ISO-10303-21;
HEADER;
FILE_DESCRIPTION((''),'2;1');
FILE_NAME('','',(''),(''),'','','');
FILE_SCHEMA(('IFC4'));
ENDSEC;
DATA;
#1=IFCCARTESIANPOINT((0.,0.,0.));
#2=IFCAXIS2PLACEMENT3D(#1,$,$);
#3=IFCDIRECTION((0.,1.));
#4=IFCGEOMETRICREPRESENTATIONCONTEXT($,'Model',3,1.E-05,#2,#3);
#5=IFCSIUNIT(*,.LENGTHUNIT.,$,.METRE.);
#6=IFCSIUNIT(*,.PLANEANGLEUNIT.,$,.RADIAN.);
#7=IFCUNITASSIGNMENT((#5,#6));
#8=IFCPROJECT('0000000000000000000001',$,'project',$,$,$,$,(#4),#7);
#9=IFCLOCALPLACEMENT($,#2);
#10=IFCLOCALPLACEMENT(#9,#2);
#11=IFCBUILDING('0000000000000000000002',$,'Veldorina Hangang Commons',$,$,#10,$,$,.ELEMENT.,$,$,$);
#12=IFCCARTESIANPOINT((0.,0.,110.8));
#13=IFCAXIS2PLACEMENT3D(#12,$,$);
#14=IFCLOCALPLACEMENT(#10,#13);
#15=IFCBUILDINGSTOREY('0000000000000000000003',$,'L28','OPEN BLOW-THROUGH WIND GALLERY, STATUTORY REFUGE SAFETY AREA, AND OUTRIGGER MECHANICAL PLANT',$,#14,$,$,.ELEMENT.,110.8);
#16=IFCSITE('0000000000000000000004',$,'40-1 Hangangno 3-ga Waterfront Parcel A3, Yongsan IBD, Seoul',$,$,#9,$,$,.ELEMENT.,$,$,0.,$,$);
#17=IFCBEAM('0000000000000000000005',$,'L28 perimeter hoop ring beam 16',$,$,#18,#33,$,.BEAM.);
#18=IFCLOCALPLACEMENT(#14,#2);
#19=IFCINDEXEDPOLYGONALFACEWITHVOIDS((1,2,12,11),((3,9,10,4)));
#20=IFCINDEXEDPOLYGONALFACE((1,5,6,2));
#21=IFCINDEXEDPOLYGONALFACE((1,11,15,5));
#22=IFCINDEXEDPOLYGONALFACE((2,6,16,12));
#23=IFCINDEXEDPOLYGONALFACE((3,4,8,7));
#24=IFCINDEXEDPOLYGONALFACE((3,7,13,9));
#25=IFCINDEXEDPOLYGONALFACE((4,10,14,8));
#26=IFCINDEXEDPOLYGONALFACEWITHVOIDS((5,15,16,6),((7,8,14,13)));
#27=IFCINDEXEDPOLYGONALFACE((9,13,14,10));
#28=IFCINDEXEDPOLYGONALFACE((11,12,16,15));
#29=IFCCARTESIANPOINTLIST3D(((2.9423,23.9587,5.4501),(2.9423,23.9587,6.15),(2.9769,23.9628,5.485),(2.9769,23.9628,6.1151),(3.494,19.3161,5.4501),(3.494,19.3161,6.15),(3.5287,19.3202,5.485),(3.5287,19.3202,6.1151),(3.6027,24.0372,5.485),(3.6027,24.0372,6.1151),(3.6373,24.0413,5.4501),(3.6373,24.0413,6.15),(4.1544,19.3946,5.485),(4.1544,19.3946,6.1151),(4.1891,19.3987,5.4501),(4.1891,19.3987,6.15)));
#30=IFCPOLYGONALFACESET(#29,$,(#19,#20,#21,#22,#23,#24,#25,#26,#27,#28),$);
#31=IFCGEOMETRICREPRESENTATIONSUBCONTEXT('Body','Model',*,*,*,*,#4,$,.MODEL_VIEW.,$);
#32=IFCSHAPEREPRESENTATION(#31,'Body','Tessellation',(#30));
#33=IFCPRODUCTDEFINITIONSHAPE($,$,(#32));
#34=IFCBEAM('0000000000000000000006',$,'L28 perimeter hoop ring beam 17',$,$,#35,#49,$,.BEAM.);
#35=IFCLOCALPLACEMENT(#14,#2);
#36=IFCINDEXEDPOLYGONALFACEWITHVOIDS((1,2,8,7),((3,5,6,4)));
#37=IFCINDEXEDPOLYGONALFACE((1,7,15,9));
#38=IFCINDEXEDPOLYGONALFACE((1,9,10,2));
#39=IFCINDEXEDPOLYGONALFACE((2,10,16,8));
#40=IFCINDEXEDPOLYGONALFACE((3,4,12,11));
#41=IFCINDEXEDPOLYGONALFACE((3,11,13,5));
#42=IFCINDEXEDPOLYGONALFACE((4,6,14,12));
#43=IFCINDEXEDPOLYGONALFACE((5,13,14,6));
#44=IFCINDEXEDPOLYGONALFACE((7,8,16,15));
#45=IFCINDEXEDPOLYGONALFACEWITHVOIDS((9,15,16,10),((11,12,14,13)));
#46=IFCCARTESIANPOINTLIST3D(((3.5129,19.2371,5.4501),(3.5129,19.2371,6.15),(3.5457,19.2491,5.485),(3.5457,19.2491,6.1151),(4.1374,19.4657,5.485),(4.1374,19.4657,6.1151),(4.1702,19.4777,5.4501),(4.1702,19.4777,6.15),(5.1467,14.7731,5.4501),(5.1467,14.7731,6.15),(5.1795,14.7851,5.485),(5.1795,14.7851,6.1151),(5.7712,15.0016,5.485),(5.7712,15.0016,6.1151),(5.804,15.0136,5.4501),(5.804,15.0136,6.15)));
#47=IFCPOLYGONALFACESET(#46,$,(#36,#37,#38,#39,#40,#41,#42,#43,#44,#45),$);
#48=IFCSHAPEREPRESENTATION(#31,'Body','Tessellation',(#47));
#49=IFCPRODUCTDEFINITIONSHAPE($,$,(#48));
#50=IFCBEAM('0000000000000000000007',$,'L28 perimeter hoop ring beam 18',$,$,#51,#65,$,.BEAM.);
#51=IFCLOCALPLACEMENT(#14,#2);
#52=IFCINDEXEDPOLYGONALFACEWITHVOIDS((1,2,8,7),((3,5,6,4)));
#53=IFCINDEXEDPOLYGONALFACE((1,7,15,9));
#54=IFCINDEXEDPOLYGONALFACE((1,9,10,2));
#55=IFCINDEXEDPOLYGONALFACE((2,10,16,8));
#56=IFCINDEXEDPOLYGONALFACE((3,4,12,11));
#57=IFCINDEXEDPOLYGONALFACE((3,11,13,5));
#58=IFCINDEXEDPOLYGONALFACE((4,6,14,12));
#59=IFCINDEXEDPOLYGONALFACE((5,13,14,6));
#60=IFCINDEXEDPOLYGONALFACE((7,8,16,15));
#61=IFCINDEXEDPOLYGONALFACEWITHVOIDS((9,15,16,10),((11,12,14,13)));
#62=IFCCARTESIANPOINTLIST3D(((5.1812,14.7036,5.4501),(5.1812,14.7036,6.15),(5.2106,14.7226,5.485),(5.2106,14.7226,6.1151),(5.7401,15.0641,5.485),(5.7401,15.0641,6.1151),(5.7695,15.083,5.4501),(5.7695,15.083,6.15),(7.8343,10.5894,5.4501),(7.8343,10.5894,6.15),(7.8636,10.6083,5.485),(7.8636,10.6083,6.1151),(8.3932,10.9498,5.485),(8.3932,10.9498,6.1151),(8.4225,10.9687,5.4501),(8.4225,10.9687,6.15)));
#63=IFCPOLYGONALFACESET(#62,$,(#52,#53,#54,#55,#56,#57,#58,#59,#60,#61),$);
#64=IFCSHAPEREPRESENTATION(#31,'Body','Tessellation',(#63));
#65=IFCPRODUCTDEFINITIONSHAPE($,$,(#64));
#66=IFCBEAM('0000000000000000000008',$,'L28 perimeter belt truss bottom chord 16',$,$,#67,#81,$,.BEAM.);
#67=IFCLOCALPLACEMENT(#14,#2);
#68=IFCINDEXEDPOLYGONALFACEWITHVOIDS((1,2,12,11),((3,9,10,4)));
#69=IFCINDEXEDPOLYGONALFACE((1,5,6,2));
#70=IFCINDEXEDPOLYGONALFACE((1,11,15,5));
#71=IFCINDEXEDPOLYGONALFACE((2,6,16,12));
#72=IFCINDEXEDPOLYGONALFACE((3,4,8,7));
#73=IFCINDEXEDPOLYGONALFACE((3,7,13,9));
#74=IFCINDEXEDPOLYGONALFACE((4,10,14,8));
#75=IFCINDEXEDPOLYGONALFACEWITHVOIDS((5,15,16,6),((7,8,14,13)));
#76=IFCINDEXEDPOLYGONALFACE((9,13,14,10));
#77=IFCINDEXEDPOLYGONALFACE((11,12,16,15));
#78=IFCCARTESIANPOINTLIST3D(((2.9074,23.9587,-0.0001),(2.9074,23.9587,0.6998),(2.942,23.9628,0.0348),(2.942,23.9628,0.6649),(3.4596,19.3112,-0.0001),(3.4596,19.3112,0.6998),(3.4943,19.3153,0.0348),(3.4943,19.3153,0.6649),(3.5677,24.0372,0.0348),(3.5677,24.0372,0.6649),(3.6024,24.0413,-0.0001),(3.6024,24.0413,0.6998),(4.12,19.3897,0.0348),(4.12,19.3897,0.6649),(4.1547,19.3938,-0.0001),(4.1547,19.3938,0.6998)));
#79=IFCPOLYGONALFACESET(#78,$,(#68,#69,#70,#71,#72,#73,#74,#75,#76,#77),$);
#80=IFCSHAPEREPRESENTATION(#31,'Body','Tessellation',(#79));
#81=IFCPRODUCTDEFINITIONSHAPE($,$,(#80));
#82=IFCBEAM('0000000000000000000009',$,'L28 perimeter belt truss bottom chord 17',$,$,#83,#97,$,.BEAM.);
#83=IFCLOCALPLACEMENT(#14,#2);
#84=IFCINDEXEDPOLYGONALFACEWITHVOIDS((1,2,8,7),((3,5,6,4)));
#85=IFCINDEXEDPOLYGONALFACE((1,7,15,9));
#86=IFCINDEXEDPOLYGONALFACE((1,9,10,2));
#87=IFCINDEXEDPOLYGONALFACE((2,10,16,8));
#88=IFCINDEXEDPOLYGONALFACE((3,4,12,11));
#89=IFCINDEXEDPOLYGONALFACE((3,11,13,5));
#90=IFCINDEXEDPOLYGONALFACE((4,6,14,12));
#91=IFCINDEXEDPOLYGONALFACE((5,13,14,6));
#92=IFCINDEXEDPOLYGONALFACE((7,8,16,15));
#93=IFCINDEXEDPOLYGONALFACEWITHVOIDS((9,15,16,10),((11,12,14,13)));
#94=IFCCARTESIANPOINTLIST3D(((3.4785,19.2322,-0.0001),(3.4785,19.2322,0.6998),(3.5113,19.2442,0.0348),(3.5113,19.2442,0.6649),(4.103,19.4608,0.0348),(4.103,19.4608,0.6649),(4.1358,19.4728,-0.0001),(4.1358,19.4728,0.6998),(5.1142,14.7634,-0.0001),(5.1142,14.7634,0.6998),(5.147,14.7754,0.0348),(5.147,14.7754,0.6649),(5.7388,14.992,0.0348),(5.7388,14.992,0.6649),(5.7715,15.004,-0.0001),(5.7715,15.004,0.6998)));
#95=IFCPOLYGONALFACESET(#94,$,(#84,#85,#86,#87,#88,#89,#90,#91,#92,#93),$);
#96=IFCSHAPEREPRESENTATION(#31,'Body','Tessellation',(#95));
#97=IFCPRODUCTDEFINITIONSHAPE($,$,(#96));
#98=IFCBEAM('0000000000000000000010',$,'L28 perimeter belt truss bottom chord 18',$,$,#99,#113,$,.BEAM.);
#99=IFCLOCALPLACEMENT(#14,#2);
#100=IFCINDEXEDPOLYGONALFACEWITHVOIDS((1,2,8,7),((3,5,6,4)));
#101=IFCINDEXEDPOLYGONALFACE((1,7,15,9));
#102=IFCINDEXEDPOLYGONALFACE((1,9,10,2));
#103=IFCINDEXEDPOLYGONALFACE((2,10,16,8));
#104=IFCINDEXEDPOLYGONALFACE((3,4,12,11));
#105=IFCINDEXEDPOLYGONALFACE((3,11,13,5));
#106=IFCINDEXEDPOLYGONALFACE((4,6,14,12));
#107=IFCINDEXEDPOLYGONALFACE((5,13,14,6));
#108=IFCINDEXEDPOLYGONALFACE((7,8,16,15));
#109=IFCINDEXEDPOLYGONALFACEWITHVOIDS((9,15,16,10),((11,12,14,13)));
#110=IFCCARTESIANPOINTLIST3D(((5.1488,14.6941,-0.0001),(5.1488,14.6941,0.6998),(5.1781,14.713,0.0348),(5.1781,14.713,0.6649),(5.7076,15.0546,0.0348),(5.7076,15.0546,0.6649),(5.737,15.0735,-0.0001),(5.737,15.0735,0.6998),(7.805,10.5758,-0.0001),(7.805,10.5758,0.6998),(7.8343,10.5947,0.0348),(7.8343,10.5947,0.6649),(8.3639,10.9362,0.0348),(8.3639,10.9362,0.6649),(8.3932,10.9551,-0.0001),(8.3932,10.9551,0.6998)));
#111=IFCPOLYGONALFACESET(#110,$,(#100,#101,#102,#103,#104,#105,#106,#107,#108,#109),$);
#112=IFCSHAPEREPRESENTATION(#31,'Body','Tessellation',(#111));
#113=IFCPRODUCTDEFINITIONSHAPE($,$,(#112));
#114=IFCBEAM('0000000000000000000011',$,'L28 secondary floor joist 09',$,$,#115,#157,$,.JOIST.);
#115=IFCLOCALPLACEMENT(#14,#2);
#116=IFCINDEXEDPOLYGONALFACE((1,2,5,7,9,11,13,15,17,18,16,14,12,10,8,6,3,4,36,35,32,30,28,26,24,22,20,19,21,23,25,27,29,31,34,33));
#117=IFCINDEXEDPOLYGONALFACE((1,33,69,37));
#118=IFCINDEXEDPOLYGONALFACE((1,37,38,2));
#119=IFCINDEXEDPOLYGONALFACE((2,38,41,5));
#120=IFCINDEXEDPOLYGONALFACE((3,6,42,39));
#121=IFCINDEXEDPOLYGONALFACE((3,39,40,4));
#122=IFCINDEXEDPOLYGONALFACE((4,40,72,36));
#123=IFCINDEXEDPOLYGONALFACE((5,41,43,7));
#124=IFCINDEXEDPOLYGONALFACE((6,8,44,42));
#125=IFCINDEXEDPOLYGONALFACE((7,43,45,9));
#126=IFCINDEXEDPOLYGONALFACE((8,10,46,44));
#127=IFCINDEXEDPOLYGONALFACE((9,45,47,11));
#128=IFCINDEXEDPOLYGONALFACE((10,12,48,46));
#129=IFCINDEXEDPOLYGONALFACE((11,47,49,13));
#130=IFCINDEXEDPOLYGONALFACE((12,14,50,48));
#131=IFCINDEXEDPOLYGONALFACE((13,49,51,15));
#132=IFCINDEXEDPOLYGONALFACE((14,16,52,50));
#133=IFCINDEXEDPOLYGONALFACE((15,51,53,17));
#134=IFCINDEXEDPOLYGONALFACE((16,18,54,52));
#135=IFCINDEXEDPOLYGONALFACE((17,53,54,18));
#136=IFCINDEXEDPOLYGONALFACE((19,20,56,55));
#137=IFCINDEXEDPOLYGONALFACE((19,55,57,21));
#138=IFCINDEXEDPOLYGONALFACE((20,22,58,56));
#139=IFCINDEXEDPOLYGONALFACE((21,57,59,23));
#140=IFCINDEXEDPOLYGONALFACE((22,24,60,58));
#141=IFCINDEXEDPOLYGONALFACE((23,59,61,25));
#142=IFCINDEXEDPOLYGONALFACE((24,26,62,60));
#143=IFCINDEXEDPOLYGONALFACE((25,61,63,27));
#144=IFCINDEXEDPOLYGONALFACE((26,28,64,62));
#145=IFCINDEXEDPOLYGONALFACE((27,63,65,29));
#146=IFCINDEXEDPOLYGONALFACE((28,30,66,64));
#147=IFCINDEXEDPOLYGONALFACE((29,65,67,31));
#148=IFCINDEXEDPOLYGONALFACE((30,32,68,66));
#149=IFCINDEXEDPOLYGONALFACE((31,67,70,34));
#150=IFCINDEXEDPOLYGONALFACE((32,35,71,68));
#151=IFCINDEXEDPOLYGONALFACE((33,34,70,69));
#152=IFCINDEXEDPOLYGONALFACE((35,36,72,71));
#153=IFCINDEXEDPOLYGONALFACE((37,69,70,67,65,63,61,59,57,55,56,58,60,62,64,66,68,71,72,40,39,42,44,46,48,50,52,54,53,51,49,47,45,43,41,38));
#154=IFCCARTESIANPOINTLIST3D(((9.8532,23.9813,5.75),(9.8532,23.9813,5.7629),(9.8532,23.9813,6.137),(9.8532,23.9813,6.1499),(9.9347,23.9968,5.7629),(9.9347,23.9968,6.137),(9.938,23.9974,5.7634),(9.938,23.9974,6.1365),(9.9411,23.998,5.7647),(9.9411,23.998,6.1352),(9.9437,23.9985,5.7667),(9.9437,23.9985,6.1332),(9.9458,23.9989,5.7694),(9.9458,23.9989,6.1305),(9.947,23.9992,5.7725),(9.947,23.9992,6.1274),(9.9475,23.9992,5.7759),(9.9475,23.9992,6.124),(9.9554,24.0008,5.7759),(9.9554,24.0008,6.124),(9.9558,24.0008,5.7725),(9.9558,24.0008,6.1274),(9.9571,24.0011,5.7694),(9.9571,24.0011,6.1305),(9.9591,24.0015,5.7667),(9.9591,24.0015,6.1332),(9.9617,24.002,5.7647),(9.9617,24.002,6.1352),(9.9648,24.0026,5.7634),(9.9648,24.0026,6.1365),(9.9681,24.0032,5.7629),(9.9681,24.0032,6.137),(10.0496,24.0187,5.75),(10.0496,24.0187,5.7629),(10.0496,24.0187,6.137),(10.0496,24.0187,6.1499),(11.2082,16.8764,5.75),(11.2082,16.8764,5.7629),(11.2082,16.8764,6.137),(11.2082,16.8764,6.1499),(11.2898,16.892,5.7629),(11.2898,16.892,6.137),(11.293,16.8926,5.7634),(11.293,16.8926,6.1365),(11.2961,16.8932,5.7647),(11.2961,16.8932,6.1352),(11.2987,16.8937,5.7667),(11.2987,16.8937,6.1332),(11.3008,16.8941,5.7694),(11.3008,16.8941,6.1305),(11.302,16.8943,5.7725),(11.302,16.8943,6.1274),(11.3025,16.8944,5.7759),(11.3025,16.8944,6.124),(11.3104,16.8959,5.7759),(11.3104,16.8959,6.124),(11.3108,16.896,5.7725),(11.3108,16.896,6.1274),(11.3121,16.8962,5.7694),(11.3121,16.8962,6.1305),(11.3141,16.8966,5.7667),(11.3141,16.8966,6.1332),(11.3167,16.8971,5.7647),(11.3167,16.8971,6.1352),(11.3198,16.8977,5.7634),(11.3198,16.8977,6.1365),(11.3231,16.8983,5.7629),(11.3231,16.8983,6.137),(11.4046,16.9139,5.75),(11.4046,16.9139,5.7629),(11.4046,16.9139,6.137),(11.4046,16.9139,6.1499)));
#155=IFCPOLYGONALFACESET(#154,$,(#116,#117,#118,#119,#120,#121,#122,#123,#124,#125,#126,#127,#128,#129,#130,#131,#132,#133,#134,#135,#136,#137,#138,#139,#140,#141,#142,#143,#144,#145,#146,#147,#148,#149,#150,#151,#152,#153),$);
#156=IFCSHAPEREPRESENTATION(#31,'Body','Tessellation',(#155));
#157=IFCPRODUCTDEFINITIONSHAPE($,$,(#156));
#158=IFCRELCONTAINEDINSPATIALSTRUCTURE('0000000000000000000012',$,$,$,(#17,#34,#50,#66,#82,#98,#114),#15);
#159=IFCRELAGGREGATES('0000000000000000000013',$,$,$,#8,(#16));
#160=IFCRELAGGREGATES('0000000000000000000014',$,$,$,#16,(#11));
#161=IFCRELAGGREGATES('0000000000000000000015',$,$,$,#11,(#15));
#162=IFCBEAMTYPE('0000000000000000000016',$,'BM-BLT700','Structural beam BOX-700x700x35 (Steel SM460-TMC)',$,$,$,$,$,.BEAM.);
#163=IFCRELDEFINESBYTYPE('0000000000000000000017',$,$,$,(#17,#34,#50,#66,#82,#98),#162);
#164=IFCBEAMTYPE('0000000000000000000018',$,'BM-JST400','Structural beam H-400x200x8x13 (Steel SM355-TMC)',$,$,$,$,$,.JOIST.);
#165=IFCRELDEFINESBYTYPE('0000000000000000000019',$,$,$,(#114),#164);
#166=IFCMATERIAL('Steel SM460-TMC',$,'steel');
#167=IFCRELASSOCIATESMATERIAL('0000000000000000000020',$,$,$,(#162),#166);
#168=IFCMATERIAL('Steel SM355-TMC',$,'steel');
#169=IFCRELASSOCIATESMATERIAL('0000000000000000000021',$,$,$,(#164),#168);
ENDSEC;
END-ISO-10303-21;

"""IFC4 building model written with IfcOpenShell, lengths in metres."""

from ifc_helpers import new_model, si_unit, direction, frame, origin, origin_2d, place, context, subcontext, project, spatial, hollow_rectangle, i_section, extrude, material, material_profile, profile_set, type_object, element, save


model = new_model("IFC4")

# Units and contexts
model_context = context("Model", 3, precision=1e-05, world=origin(), true_north=direction((0.0, 1.0)))
body_context = subcontext(model_context, "Body", "Model", "MODEL_VIEW")
ifc_project = project(units=[si_unit("LENGTHUNIT", "METRE"), si_unit("PLANEANGLEUNIT", "RADIAN")], contexts=[model_context])

# Site, building, storey
site_placement = place(None, origin())
site = spatial("IfcSite", under=ifc_project, at=site_placement, Name="40-1 Hangangno 3-ga Waterfront Parcel A3, Yongsan IBD, Seoul", CompositionType="ELEMENT", RefElevation=0.0)
building_placement = place(site_placement, origin())
building = spatial("IfcBuilding", under=site, at=building_placement, Name="Veldorina Hangang Commons", CompositionType="ELEMENT")
storey_placement = place(building_placement, frame((0.0, 0.0, 110.8)))
storey = spatial("IfcBuildingStorey", under=building, at=storey_placement, Name="L28", Description="OPEN BLOW-THROUGH WIND GALLERY, STATUTORY REFUGE SAFETY AREA, AND OUTRIGGER MECHANICAL PLANT", CompositionType="ELEMENT", Elevation=110.8)

# Beams
ifc_material_1 = material(Name="Steel SM460-TMC", Category="steel")
ifc_material_profile_1 = material_profile(ifc_material_1, hollow_rectangle(XDim=0.7, YDim=0.7, WallThickness=0.0349, at=origin_2d()), Name="BOX-700x700x35")
ifc_profile_set_1 = profile_set([ifc_material_profile_1], Name="Steel SM460-TMC")
beam_type_1 = type_object("IfcBeamType", Name="BM-BLT700", Description="Structural beam BOX-700x700x35 (Steel SM460-TMC)", PredefinedType="BEAM", material=ifc_profile_set_1)
beam_1_placement = place(storey_placement, frame((3.2898, 24.0, 5.8), z_axis=(0.118017, -0.993012, 0.0), x_axis=(0.993012, 0.118017, 0.0)))
element("IfcBeam", 1, at=beam_1_placement, inside=storey, type_object=beam_type_1, Name="L28 perimeter hoop ring beam 16", PredefinedType="BEAM", context=body_context, shape_type="SweptSolid", body=[
    extrude(hollow_rectangle(XDim=0.7, YDim=0.7, WallThickness=0.0349, at=origin_2d()), origin(), (0.0, 0.0, 1.0), 4.6753),
])
beam_2_placement = place(storey_placement, frame((3.8416, 19.3574, 5.8), z_axis=(0.343689, -0.939084, 0.0), x_axis=(0.939084, 0.343689, 0.0)))
element("IfcBeam", 2, at=beam_2_placement, inside=storey, type_object=beam_type_1, Name="L28 perimeter hoop ring beam 17", PredefinedType="BEAM", context=body_context, shape_type="SweptSolid", body=[
    extrude(hollow_rectangle(XDim=0.7, YDim=0.7, WallThickness=0.0349, at=origin_2d()), origin(), (0.0, 0.0, 1.0), 4.7537),
])
beam_3_placement = place(storey_placement, frame((5.4753, 14.8933, 5.8), z_axis=(0.541942, -0.840416, 0.0), x_axis=(0.840416, 0.541942, 0.0)))
element("IfcBeam", 3, at=beam_3_placement, inside=storey, type_object=beam_type_1, Name="L28 perimeter hoop ring beam 18", PredefinedType="BEAM", context=body_context, shape_type="SweptSolid", body=[
    extrude(hollow_rectangle(XDim=0.7, YDim=0.7, WallThickness=0.0349, at=origin_2d()), origin(), (0.0, 0.0, 1.0), 4.8955),
])
beam_4_placement = place(storey_placement, frame((3.2549, 24.0, 0.3499), z_axis=(0.117997, -0.993014, 0.0), x_axis=(0.993014, 0.117997, 0.0)))
element("IfcBeam", 4, at=beam_4_placement, inside=storey, type_object=beam_type_1, Name="L28 perimeter belt truss bottom chord 16", PredefinedType="BEAM", context=body_context, shape_type="SweptSolid", body=[
    extrude(hollow_rectangle(XDim=0.7, YDim=0.7, WallThickness=0.0349, at=origin_2d()), origin(), (0.0, 0.0, 1.0), 4.6802),
])
beam_5_placement = place(storey_placement, frame((3.8071, 19.3525, 0.3499), z_axis=(0.343736, -0.939066, 0.0), x_axis=(0.939066, 0.343736, 0.0)))
element("IfcBeam", 5, at=beam_5_placement, inside=storey, type_object=beam_type_1, Name="L28 perimeter belt truss bottom chord 17", PredefinedType="BEAM", context=body_context, shape_type="SweptSolid", body=[
    extrude(hollow_rectangle(XDim=0.7, YDim=0.7, WallThickness=0.0349, at=origin_2d()), origin(), (0.0, 0.0, 1.0), 4.7588),
])
beam_6_placement = place(storey_placement, frame((5.4429, 14.8838, 0.3499), z_axis=(0.542013, -0.84037, 0.0), x_axis=(0.84037, 0.542013, 0.0)))
element("IfcBeam", 6, at=beam_6_placement, inside=storey, type_object=beam_type_1, Name="L28 perimeter belt truss bottom chord 18", PredefinedType="BEAM", context=body_context, shape_type="SweptSolid", body=[
    extrude(hollow_rectangle(XDim=0.7, YDim=0.7, WallThickness=0.0349, at=origin_2d()), origin(), (0.0, 0.0, 1.0), 4.9006),
])
ifc_material_2 = material(Name="Steel SM355-TMC", Category="steel")
ifc_material_profile_2 = material_profile(ifc_material_2, i_section(OverallWidth=0.2, OverallDepth=0.3999, WebThickness=0.0081, FlangeThickness=0.0129, FilletRadius=0.0129, at=origin_2d()), Name="H-400x200x8x13")
ifc_profile_set_2 = profile_set([ifc_material_profile_2], Name="Steel SM355-TMC")
beam_type_2 = type_object("IfcBeamType", Name="BM-JST400", Description="Structural beam H-400x200x8x13 (Steel SM355-TMC)", PredefinedType="JOIST", material=ifc_profile_set_2)
beam_7_placement = place(storey_placement, frame((9.9514, 24.0, 5.95), z_axis=(0.187339, -0.982295, 0.0), x_axis=(0.982295, 0.187339, 0.0)))
element("IfcBeam", 7, at=beam_7_placement, inside=storey, type_object=beam_type_2, Name="L28 secondary floor joist 09", PredefinedType="JOIST", context=body_context, shape_type="SweptSolid", body=[
    extrude(i_section(OverallWidth=0.2, OverallDepth=0.3999, WebThickness=0.0081, FlangeThickness=0.0129, FilletRadius=0.0129, at=origin_2d()), origin(), (0.0, 0.0, 1.0), 7.2329),
])

save(model, "model.ifc")
